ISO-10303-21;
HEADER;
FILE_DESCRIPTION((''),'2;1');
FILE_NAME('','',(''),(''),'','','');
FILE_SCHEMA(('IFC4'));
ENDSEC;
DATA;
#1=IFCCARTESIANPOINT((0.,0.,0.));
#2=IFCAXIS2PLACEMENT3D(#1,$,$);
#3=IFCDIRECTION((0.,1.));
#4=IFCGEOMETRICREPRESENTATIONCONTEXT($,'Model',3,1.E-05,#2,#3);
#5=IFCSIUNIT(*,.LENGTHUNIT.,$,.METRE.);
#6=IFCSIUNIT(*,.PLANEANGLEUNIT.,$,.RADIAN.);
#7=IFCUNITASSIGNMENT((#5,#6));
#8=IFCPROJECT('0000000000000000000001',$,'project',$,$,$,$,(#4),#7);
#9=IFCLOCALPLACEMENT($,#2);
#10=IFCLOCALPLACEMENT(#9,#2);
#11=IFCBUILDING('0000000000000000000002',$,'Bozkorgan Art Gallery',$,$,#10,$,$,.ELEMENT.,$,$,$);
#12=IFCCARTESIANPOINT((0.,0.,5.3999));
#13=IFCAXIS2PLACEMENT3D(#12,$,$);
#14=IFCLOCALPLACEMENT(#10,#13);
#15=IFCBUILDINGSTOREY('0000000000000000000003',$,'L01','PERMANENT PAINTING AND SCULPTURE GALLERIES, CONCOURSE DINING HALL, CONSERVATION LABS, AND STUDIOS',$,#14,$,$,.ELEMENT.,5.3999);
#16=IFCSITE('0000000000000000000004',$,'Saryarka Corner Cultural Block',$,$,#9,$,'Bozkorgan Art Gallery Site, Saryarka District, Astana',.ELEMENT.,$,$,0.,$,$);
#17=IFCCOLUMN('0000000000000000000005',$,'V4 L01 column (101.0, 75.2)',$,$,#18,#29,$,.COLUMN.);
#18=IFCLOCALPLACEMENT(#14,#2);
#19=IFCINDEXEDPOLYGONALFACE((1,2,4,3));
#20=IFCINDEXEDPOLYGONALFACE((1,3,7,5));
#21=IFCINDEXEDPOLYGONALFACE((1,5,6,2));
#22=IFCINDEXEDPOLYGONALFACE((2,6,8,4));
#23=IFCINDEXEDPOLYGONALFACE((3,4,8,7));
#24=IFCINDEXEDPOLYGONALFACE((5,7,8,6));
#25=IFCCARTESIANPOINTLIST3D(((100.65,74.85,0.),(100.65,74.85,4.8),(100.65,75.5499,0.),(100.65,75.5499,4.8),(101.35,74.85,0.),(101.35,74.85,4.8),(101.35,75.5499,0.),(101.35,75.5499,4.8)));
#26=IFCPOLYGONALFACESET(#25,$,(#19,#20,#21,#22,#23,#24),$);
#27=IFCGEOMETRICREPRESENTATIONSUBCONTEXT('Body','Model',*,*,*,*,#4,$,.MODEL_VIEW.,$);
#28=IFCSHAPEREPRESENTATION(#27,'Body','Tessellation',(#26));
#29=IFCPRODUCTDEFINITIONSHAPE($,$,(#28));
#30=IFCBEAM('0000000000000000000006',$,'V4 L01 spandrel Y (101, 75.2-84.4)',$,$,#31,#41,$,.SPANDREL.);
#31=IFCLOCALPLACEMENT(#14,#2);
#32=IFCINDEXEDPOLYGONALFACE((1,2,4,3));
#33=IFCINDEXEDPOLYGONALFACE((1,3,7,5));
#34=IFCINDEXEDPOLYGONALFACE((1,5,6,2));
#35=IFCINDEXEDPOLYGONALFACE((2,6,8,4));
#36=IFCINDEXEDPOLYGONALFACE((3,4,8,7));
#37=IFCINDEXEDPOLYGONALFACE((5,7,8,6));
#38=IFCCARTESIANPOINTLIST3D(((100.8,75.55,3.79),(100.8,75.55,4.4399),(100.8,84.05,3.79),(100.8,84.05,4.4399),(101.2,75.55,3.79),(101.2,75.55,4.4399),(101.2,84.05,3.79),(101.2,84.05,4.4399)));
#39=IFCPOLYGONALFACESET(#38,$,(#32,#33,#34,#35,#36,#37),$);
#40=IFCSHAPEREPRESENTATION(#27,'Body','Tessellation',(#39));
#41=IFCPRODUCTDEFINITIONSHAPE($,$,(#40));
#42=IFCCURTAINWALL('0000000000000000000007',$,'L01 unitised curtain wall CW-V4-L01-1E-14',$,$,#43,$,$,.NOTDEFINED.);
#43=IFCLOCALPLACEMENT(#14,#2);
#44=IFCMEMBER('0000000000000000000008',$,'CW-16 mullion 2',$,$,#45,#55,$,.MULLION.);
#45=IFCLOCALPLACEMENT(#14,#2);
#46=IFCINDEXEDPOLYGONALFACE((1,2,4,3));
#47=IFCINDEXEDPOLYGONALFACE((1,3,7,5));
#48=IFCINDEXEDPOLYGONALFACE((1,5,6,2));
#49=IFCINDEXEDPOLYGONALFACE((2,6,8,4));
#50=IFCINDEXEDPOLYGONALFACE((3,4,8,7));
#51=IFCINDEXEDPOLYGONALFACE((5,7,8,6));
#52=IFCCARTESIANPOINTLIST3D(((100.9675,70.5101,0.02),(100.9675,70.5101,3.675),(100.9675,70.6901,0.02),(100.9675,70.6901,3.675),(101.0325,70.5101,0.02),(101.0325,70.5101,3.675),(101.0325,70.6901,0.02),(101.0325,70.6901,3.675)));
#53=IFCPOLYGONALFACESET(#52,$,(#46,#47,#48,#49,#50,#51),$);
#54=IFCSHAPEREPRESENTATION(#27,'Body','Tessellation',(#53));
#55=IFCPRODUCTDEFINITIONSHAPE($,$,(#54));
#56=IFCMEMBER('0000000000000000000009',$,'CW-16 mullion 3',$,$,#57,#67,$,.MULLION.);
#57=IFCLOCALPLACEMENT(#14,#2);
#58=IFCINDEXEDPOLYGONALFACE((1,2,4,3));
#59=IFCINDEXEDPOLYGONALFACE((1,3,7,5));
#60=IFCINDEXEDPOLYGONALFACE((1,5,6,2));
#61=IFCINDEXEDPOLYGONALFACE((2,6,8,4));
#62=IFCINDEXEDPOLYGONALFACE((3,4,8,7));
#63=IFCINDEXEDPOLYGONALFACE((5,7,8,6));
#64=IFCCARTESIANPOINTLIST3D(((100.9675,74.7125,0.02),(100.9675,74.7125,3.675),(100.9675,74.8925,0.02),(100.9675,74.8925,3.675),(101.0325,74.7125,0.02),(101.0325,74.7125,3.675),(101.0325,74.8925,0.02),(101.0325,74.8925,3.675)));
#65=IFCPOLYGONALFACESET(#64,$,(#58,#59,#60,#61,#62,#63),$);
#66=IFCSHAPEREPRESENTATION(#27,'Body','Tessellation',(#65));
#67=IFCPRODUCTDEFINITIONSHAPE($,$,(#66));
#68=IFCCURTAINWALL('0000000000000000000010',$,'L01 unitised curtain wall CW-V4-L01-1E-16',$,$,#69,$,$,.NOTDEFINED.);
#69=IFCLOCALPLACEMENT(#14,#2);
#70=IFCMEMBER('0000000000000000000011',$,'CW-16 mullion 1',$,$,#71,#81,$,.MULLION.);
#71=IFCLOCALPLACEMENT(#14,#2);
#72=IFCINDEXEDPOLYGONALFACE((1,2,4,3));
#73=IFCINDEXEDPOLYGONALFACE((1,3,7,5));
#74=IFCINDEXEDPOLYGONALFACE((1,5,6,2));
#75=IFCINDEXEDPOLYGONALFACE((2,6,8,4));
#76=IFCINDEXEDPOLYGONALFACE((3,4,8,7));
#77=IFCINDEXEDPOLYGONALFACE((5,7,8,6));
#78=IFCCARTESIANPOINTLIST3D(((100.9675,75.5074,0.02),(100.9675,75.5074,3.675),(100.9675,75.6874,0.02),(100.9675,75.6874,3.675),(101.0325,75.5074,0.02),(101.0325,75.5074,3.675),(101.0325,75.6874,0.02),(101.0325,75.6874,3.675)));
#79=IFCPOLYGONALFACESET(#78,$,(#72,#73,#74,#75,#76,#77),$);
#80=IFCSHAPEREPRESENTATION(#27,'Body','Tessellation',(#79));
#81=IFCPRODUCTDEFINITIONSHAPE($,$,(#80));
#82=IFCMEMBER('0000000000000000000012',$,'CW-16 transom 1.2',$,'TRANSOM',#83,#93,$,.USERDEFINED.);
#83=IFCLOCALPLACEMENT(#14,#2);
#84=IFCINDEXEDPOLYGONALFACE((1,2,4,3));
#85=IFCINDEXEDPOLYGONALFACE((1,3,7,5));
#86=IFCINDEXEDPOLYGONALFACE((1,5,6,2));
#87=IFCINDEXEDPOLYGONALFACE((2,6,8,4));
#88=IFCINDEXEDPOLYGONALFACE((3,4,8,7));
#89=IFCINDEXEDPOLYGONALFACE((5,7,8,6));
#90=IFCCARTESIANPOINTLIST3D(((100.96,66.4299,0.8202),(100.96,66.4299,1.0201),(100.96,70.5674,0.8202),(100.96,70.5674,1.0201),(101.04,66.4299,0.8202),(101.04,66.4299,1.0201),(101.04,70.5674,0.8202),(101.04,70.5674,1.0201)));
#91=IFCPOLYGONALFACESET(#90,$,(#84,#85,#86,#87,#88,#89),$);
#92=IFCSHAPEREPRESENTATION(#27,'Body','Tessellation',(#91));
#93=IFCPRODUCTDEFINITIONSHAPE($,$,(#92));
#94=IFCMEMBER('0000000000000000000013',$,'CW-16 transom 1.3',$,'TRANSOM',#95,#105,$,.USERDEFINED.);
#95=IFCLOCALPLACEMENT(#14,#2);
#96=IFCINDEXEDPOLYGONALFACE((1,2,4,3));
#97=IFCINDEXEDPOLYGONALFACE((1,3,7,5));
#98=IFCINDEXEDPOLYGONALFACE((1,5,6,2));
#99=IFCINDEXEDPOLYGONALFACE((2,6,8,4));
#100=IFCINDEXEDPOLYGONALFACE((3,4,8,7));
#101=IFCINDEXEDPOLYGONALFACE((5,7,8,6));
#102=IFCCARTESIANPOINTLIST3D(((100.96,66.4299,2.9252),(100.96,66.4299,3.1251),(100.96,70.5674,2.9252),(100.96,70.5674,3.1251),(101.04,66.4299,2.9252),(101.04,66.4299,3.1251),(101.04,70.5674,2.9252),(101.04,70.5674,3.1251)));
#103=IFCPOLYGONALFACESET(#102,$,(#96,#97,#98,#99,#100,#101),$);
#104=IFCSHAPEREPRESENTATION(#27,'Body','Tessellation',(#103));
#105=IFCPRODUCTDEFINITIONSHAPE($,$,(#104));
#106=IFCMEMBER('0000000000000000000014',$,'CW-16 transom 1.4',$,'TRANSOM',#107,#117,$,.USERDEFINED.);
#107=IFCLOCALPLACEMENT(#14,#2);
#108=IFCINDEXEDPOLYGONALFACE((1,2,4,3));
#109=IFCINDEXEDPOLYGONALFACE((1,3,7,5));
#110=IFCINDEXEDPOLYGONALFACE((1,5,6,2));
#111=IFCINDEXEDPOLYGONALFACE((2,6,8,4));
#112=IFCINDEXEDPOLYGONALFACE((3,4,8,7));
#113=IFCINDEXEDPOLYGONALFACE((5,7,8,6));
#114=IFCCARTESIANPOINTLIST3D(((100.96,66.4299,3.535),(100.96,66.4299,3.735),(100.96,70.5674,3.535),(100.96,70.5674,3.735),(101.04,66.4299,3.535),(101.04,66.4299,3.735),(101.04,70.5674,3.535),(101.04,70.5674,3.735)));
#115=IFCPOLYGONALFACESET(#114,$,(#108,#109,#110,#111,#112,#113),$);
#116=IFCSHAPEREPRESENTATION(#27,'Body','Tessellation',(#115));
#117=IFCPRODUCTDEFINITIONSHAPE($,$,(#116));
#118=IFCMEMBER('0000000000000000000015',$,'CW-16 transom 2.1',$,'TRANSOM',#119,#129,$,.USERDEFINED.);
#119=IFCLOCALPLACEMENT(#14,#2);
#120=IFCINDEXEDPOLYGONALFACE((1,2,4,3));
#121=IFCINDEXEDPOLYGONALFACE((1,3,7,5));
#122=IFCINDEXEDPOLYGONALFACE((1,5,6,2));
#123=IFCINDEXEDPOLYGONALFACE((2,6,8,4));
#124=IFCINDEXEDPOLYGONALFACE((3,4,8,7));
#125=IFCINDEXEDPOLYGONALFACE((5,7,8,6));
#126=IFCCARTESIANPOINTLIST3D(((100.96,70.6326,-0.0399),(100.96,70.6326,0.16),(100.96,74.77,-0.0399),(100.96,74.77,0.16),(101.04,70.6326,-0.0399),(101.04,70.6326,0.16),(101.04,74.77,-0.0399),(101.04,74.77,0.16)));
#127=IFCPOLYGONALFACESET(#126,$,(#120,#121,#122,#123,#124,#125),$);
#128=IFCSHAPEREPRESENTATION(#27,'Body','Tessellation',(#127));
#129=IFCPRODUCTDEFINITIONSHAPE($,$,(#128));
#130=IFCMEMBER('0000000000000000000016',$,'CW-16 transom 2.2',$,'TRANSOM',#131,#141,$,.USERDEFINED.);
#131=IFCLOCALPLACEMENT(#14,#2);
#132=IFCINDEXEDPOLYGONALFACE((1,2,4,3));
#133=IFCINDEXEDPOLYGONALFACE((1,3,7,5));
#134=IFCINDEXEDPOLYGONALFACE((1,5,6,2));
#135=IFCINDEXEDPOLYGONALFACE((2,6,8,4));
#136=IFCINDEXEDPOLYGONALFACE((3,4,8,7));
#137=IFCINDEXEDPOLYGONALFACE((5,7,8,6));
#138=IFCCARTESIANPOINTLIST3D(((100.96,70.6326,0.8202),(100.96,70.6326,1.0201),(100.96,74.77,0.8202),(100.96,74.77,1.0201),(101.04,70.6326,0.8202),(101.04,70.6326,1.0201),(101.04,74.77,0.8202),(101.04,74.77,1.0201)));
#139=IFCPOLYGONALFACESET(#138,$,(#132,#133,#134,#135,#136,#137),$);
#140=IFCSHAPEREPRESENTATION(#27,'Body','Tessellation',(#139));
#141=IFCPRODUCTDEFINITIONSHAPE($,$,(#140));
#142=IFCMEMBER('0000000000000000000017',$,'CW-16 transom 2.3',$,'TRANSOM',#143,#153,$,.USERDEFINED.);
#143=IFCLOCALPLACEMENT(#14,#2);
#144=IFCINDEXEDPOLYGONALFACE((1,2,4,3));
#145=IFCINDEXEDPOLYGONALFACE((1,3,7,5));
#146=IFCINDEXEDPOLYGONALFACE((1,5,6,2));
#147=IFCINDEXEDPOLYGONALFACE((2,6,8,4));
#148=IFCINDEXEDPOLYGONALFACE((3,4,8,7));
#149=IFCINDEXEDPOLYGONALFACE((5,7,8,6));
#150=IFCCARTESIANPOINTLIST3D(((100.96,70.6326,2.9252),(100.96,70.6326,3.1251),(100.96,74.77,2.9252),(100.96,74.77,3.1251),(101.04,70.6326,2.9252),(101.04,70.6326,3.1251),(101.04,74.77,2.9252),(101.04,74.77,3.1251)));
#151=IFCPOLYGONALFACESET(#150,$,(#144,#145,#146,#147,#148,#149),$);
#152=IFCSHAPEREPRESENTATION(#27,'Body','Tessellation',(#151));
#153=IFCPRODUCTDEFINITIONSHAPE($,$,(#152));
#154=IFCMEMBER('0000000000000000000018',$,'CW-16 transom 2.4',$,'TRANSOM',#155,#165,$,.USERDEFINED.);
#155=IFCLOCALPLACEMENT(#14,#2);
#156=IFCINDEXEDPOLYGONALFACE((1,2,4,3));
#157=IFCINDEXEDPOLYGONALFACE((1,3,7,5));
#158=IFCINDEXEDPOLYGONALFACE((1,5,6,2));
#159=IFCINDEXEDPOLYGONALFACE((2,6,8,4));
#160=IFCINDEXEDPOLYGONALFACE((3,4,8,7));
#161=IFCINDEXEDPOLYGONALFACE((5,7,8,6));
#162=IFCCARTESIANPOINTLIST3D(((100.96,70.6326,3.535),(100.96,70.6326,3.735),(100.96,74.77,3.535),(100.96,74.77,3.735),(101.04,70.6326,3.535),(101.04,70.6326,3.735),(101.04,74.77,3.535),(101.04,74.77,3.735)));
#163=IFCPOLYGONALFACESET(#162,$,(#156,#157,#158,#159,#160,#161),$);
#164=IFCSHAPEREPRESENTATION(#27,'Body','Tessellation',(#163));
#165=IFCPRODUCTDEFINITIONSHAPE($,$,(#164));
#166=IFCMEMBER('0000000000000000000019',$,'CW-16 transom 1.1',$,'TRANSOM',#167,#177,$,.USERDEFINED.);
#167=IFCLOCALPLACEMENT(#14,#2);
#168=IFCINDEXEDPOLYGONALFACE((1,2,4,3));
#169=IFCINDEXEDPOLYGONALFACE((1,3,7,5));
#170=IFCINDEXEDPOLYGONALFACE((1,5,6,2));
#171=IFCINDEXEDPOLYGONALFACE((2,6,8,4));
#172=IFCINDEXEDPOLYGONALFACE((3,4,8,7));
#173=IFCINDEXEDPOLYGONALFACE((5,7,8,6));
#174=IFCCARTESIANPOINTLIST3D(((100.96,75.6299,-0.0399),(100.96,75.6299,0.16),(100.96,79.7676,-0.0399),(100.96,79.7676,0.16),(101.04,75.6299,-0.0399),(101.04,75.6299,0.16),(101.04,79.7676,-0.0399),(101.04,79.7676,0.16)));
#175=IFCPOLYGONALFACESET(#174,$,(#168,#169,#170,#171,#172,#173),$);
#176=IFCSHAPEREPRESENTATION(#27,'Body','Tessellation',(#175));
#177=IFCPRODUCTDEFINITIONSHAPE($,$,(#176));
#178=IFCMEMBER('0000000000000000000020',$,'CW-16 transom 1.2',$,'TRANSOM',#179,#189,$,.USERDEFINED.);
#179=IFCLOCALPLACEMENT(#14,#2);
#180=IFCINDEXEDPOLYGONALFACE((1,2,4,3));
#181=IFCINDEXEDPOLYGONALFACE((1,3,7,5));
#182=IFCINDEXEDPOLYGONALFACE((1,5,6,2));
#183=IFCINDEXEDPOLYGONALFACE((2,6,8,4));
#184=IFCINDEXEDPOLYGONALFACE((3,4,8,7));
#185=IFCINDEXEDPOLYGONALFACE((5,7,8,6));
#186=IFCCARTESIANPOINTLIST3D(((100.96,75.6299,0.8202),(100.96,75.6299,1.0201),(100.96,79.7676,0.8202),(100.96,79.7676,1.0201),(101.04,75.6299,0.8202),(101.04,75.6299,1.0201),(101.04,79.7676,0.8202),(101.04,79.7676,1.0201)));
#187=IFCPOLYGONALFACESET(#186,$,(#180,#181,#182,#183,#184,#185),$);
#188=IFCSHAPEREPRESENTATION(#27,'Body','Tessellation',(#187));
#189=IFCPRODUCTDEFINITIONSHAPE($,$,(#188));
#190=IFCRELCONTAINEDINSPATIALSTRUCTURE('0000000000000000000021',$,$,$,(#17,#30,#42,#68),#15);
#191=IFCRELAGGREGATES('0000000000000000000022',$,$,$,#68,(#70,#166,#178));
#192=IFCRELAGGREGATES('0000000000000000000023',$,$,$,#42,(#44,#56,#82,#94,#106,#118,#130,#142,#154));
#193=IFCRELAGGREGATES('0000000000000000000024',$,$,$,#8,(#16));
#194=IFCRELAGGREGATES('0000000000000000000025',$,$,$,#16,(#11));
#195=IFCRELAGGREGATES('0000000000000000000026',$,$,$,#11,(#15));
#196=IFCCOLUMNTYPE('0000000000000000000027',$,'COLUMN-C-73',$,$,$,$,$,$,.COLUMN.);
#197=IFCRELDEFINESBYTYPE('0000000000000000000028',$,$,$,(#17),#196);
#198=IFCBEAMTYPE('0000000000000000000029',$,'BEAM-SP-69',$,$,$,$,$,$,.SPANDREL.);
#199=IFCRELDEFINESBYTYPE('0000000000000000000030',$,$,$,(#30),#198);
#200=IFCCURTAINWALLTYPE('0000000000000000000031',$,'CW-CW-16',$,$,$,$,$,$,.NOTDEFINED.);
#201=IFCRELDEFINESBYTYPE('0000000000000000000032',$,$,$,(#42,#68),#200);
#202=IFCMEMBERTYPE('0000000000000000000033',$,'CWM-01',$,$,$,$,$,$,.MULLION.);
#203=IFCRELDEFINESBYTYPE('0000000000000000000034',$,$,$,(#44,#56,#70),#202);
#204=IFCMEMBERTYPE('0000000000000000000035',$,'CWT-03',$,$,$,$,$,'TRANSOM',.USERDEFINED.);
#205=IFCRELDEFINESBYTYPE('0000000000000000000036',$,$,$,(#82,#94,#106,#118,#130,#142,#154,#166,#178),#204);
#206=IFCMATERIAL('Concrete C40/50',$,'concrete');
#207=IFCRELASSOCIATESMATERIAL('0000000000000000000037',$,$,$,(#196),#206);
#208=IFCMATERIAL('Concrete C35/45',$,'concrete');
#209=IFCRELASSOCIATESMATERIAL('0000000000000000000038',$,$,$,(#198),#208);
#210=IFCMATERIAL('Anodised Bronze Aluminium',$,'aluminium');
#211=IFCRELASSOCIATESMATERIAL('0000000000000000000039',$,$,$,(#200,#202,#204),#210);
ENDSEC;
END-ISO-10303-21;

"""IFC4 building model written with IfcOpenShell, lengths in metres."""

from ifc_helpers import new_model, si_unit, direction, frame, origin, origin_2d, place, context, subcontext, project, spatial, rectangle, extrude, material, material_profile, profile_set, type_object, element, aggregate, save


model = new_model("IFC4")

# Units and contexts
model_context = context("Model", 3, precision=1e-05, world=origin(), true_north=direction((0.0, 1.0)))
body_context = subcontext(model_context, "Body", "Model", "MODEL_VIEW")
ifc_project = project(units=[si_unit("LENGTHUNIT", "METRE"), si_unit("PLANEANGLEUNIT", "RADIAN")], contexts=[model_context])

# Site, building, storey
site_placement = place(None, origin())
site = spatial("IfcSite", under=ifc_project, at=site_placement, Name="Saryarka Corner Cultural Block", LongName="Bozkorgan Art Gallery Site, Saryarka District, Astana", CompositionType="ELEMENT", RefElevation=0.0)
building_placement = place(site_placement, origin())
building = spatial("IfcBuilding", under=site, at=building_placement, Name="Bozkorgan Art Gallery", CompositionType="ELEMENT")
storey_placement = place(building_placement, frame((0.0, 0.0, 5.3999)))
storey = spatial("IfcBuildingStorey", under=building, at=storey_placement, Name="L01", Description="PERMANENT PAINTING AND SCULPTURE GALLERIES, CONCOURSE DINING HALL, CONSERVATION LABS, AND STUDIOS", CompositionType="ELEMENT", Elevation=5.3999)

# Column
ifc_material_1 = material(Name="Concrete C40/50", Category="concrete")
ifc_material_profile_1 = material_profile(ifc_material_1, rectangle(XDim=0.7, YDim=0.7, at=origin_2d()), Name="RC 700x700")
ifc_profile_set_1 = profile_set([ifc_material_profile_1], Name="Concrete C40/50")
column_type = type_object("IfcColumnType", Name="COLUMN-C-73", PredefinedType="COLUMN", material=ifc_profile_set_1)
column_placement = place(storey_placement, frame((101.0, 75.2, 0.0), z_axis=(0.0, 0.0, 1.0), x_axis=(1.0, 0.0, 0.0)))
element("IfcColumn", 1, at=column_placement, inside=storey, type_object=column_type, Name="V4 L01 column (101.0, 75.2)", PredefinedType="COLUMN", context=body_context, shape_type="SweptSolid", body=[
    extrude(rectangle(XDim=0.7, YDim=0.7, at=origin_2d()), origin(), (0.0, 0.0, 1.0), 4.8),
])

# Beam
ifc_material_2 = material(Name="Concrete C35/45", Category="concrete")
ifc_material_profile_2 = material_profile(ifc_material_2, rectangle(XDim=0.3999, YDim=0.6499, at=origin_2d()), Name="RC 400x650")
ifc_profile_set_2 = profile_set([ifc_material_profile_2], Name="Concrete C35/45")
beam_type = type_object("IfcBeamType", Name="BEAM-SP-69", PredefinedType="SPANDREL", material=ifc_profile_set_2)
beam_placement = place(storey_placement, frame((101.0, 75.55, 4.115), z_axis=(0.0, 1.0, 0.0), x_axis=(-1.0, 0.0, 0.0)))
element("IfcBeam", 2, at=beam_placement, inside=storey, type_object=beam_type, Name="V4 L01 spandrel Y (101, 75.2-84.4)", PredefinedType="SPANDREL", context=body_context, shape_type="SweptSolid", body=[
    extrude(rectangle(XDim=0.3999, YDim=0.6499, at=origin_2d()), origin(), (0.0, 0.0, 1.0), 8.5),
])

# Curtain wall, members
ifc_material_3 = material(Name="Anodised Bronze Aluminium", Category="aluminium")
curtain_wall_type = type_object("IfcCurtainWallType", Name="CW-CW-16", PredefinedType="NOTDEFINED", material=ifc_material_3)
curtain_wall_1_placement = place(storey_placement, origin())
curtain_wall_1 = element("IfcCurtainWall", 3, at=curtain_wall_1_placement, inside=storey, type_object=curtain_wall_type, Name="L01 unitised curtain wall CW-V4-L01-1E-14", PredefinedType="NOTDEFINED")
ifc_material_profile_3 = material_profile(ifc_material_3, rectangle(XDim=0.0649, YDim=0.1799, at=origin_2d()), Name="ALU MULLION 65x180")
ifc_profile_set_3 = profile_set([ifc_material_profile_3], Name="Anodised Bronze Aluminium")
member_type_1 = type_object("IfcMemberType", Name="CWM-01", PredefinedType="MULLION", material=ifc_profile_set_3)
member_1_placement = place(storey_placement, frame((101.0, 70.6001, 0.02), z_axis=(0.0, 0.0, 1.0), x_axis=(-1.0, 0.0, 0.0)))
member_1 = element("IfcMember", 4, at=member_1_placement, type_object=member_type_1, Name="CW-16 mullion 2", PredefinedType="MULLION", context=body_context, shape_type="SweptSolid", body=[
    extrude(rectangle(XDim=0.0649, YDim=0.1799, at=origin_2d()), origin(), (0.0, 0.0, 1.0), 3.655),
])
member_2_placement = place(storey_placement, frame((101.0, 74.8025, 0.02), z_axis=(0.0, 0.0, 1.0), x_axis=(-1.0, 0.0, 0.0)))
member_2 = element("IfcMember", 5, at=member_2_placement, type_object=member_type_1, Name="CW-16 mullion 3", PredefinedType="MULLION", context=body_context, shape_type="SweptSolid", body=[
    extrude(rectangle(XDim=0.0649, YDim=0.1799, at=origin_2d()), origin(), (0.0, 0.0, 1.0), 3.655),
])

# Curtain wall, member
curtain_wall_2_placement = place(storey_placement, origin())
curtain_wall_2 = element("IfcCurtainWall", 6, at=curtain_wall_2_placement, inside=storey, type_object=curtain_wall_type, Name="L01 unitised curtain wall CW-V4-L01-1E-16", PredefinedType="NOTDEFINED")
member_3_placement = place(storey_placement, frame((101.0, 75.5974, 0.02), z_axis=(0.0, 0.0, 1.0), x_axis=(-1.0, 0.0, 0.0)))
member_3 = element("IfcMember", 7, at=member_3_placement, type_object=member_type_1, Name="CW-16 mullion 1", PredefinedType="MULLION", context=body_context, shape_type="SweptSolid", body=[
    extrude(rectangle(XDim=0.0649, YDim=0.1799, at=origin_2d()), origin(), (0.0, 0.0, 1.0), 3.655),
])

# Members
ifc_material_profile_4 = material_profile(ifc_material_3, rectangle(XDim=0.0801, YDim=0.2, at=origin_2d()), Name="ALU TRANSOM 80x200")
ifc_profile_set_4 = profile_set([ifc_material_profile_4], Name="Anodised Bronze Aluminium")
member_type_2 = type_object("IfcMemberType", Name="CWT-03", ElementType="TRANSOM", PredefinedType="USERDEFINED", material=ifc_profile_set_4)
member_4_placement = place(storey_placement, frame((101.0, 66.4299, 0.9202), z_axis=(0.0, 1.0, 0.0), x_axis=(-1.0, 0.0, 0.0)))
member_4 = element("IfcMember", 8, at=member_4_placement, type_object=member_type_2, Name="CW-16 transom 1.2", ObjectType="TRANSOM", PredefinedType="USERDEFINED", context=body_context, shape_type="SweptSolid", body=[
    extrude(rectangle(XDim=0.0801, YDim=0.2, at=origin_2d()), origin(), (0.0, 0.0, 1.0), 4.1375),
])
member_5_placement = place(storey_placement, frame((101.0, 66.4299, 3.0251), z_axis=(0.0, 1.0, 0.0), x_axis=(-1.0, 0.0, 0.0)))
member_5 = element("IfcMember", 9, at=member_5_placement, type_object=member_type_2, Name="CW-16 transom 1.3", ObjectType="TRANSOM", PredefinedType="USERDEFINED", context=body_context, shape_type="SweptSolid", body=[
    extrude(rectangle(XDim=0.0801, YDim=0.2, at=origin_2d()), origin(), (0.0, 0.0, 1.0), 4.1375),
])
member_6_placement = place(storey_placement, frame((101.0, 66.4299, 3.635), z_axis=(0.0, 1.0, 0.0), x_axis=(-1.0, 0.0, 0.0)))
member_6 = element("IfcMember", 10, at=member_6_placement, type_object=member_type_2, Name="CW-16 transom 1.4", ObjectType="TRANSOM", PredefinedType="USERDEFINED", context=body_context, shape_type="SweptSolid", body=[
    extrude(rectangle(XDim=0.0801, YDim=0.2, at=origin_2d()), origin(), (0.0, 0.0, 1.0), 4.1375),
])
member_7_placement = place(storey_placement, frame((101.0, 70.6326, 0.0601), z_axis=(0.0, 1.0, 0.0), x_axis=(-1.0, 0.0, 0.0)))
member_7 = element("IfcMember", 11, at=member_7_placement, type_object=member_type_2, Name="CW-16 transom 2.1", ObjectType="TRANSOM", PredefinedType="USERDEFINED", context=body_context, shape_type="SweptSolid", body=[
    extrude(rectangle(XDim=0.0801, YDim=0.2, at=origin_2d()), origin(), (0.0, 0.0, 1.0), 4.1375),
])
member_8_placement = place(storey_placement, frame((101.0, 70.6326, 0.9202), z_axis=(0.0, 1.0, 0.0), x_axis=(-1.0, 0.0, 0.0)))
member_8 = element("IfcMember", 12, at=member_8_placement, type_object=member_type_2, Name="CW-16 transom 2.2", ObjectType="TRANSOM", PredefinedType="USERDEFINED", context=body_context, shape_type="SweptSolid", body=[
    extrude(rectangle(XDim=0.0801, YDim=0.2, at=origin_2d()), origin(), (0.0, 0.0, 1.0), 4.1375),
])
member_9_placement = place(storey_placement, frame((101.0, 70.6326, 3.0251), z_axis=(0.0, 1.0, 0.0), x_axis=(-1.0, 0.0, 0.0)))
member_9 = element("IfcMember", 13, at=member_9_placement, type_object=member_type_2, Name="CW-16 transom 2.3", ObjectType="TRANSOM", PredefinedType="USERDEFINED", context=body_context, shape_type="SweptSolid", body=[
    extrude(rectangle(XDim=0.0801, YDim=0.2, at=origin_2d()), origin(), (0.0, 0.0, 1.0), 4.1375),
])
member_10_placement = place(storey_placement, frame((101.0, 70.6326, 3.635), z_axis=(0.0, 1.0, 0.0), x_axis=(-1.0, 0.0, 0.0)))
member_10 = element("IfcMember", 14, at=member_10_placement, type_object=member_type_2, Name="CW-16 transom 2.4", ObjectType="TRANSOM", PredefinedType="USERDEFINED", context=body_context, shape_type="SweptSolid", body=[
    extrude(rectangle(XDim=0.0801, YDim=0.2, at=origin_2d()), origin(), (0.0, 0.0, 1.0), 4.1375),
])
member_11_placement = place(storey_placement, frame((101.0, 75.6299, 0.0601), z_axis=(0.0, 1.0, 0.0), x_axis=(-1.0, 0.0, 0.0)))
member_11 = element("IfcMember", 15, at=member_11_placement, type_object=member_type_2, Name="CW-16 transom 1.1", ObjectType="TRANSOM", PredefinedType="USERDEFINED", context=body_context, shape_type="SweptSolid", body=[
    extrude(rectangle(XDim=0.0801, YDim=0.2, at=origin_2d()), origin(), (0.0, 0.0, 1.0), 4.1377),
])
member_12_placement = place(storey_placement, frame((101.0, 75.6299, 0.9202), z_axis=(0.0, 1.0, 0.0), x_axis=(-1.0, 0.0, 0.0)))
member_12 = element("IfcMember", 16, at=member_12_placement, type_object=member_type_2, Name="CW-16 transom 1.2", ObjectType="TRANSOM", PredefinedType="USERDEFINED", context=body_context, shape_type="SweptSolid", body=[
    extrude(rectangle(XDim=0.0801, YDim=0.2, at=origin_2d()), origin(), (0.0, 0.0, 1.0), 4.1377),
])
aggregate(curtain_wall_2, [member_3, member_11, member_12])

aggregate(curtain_wall_1, [member_1, member_2, member_4, member_5, member_6, member_7, member_8, member_9, member_10])

save(model, "model.ifc")
